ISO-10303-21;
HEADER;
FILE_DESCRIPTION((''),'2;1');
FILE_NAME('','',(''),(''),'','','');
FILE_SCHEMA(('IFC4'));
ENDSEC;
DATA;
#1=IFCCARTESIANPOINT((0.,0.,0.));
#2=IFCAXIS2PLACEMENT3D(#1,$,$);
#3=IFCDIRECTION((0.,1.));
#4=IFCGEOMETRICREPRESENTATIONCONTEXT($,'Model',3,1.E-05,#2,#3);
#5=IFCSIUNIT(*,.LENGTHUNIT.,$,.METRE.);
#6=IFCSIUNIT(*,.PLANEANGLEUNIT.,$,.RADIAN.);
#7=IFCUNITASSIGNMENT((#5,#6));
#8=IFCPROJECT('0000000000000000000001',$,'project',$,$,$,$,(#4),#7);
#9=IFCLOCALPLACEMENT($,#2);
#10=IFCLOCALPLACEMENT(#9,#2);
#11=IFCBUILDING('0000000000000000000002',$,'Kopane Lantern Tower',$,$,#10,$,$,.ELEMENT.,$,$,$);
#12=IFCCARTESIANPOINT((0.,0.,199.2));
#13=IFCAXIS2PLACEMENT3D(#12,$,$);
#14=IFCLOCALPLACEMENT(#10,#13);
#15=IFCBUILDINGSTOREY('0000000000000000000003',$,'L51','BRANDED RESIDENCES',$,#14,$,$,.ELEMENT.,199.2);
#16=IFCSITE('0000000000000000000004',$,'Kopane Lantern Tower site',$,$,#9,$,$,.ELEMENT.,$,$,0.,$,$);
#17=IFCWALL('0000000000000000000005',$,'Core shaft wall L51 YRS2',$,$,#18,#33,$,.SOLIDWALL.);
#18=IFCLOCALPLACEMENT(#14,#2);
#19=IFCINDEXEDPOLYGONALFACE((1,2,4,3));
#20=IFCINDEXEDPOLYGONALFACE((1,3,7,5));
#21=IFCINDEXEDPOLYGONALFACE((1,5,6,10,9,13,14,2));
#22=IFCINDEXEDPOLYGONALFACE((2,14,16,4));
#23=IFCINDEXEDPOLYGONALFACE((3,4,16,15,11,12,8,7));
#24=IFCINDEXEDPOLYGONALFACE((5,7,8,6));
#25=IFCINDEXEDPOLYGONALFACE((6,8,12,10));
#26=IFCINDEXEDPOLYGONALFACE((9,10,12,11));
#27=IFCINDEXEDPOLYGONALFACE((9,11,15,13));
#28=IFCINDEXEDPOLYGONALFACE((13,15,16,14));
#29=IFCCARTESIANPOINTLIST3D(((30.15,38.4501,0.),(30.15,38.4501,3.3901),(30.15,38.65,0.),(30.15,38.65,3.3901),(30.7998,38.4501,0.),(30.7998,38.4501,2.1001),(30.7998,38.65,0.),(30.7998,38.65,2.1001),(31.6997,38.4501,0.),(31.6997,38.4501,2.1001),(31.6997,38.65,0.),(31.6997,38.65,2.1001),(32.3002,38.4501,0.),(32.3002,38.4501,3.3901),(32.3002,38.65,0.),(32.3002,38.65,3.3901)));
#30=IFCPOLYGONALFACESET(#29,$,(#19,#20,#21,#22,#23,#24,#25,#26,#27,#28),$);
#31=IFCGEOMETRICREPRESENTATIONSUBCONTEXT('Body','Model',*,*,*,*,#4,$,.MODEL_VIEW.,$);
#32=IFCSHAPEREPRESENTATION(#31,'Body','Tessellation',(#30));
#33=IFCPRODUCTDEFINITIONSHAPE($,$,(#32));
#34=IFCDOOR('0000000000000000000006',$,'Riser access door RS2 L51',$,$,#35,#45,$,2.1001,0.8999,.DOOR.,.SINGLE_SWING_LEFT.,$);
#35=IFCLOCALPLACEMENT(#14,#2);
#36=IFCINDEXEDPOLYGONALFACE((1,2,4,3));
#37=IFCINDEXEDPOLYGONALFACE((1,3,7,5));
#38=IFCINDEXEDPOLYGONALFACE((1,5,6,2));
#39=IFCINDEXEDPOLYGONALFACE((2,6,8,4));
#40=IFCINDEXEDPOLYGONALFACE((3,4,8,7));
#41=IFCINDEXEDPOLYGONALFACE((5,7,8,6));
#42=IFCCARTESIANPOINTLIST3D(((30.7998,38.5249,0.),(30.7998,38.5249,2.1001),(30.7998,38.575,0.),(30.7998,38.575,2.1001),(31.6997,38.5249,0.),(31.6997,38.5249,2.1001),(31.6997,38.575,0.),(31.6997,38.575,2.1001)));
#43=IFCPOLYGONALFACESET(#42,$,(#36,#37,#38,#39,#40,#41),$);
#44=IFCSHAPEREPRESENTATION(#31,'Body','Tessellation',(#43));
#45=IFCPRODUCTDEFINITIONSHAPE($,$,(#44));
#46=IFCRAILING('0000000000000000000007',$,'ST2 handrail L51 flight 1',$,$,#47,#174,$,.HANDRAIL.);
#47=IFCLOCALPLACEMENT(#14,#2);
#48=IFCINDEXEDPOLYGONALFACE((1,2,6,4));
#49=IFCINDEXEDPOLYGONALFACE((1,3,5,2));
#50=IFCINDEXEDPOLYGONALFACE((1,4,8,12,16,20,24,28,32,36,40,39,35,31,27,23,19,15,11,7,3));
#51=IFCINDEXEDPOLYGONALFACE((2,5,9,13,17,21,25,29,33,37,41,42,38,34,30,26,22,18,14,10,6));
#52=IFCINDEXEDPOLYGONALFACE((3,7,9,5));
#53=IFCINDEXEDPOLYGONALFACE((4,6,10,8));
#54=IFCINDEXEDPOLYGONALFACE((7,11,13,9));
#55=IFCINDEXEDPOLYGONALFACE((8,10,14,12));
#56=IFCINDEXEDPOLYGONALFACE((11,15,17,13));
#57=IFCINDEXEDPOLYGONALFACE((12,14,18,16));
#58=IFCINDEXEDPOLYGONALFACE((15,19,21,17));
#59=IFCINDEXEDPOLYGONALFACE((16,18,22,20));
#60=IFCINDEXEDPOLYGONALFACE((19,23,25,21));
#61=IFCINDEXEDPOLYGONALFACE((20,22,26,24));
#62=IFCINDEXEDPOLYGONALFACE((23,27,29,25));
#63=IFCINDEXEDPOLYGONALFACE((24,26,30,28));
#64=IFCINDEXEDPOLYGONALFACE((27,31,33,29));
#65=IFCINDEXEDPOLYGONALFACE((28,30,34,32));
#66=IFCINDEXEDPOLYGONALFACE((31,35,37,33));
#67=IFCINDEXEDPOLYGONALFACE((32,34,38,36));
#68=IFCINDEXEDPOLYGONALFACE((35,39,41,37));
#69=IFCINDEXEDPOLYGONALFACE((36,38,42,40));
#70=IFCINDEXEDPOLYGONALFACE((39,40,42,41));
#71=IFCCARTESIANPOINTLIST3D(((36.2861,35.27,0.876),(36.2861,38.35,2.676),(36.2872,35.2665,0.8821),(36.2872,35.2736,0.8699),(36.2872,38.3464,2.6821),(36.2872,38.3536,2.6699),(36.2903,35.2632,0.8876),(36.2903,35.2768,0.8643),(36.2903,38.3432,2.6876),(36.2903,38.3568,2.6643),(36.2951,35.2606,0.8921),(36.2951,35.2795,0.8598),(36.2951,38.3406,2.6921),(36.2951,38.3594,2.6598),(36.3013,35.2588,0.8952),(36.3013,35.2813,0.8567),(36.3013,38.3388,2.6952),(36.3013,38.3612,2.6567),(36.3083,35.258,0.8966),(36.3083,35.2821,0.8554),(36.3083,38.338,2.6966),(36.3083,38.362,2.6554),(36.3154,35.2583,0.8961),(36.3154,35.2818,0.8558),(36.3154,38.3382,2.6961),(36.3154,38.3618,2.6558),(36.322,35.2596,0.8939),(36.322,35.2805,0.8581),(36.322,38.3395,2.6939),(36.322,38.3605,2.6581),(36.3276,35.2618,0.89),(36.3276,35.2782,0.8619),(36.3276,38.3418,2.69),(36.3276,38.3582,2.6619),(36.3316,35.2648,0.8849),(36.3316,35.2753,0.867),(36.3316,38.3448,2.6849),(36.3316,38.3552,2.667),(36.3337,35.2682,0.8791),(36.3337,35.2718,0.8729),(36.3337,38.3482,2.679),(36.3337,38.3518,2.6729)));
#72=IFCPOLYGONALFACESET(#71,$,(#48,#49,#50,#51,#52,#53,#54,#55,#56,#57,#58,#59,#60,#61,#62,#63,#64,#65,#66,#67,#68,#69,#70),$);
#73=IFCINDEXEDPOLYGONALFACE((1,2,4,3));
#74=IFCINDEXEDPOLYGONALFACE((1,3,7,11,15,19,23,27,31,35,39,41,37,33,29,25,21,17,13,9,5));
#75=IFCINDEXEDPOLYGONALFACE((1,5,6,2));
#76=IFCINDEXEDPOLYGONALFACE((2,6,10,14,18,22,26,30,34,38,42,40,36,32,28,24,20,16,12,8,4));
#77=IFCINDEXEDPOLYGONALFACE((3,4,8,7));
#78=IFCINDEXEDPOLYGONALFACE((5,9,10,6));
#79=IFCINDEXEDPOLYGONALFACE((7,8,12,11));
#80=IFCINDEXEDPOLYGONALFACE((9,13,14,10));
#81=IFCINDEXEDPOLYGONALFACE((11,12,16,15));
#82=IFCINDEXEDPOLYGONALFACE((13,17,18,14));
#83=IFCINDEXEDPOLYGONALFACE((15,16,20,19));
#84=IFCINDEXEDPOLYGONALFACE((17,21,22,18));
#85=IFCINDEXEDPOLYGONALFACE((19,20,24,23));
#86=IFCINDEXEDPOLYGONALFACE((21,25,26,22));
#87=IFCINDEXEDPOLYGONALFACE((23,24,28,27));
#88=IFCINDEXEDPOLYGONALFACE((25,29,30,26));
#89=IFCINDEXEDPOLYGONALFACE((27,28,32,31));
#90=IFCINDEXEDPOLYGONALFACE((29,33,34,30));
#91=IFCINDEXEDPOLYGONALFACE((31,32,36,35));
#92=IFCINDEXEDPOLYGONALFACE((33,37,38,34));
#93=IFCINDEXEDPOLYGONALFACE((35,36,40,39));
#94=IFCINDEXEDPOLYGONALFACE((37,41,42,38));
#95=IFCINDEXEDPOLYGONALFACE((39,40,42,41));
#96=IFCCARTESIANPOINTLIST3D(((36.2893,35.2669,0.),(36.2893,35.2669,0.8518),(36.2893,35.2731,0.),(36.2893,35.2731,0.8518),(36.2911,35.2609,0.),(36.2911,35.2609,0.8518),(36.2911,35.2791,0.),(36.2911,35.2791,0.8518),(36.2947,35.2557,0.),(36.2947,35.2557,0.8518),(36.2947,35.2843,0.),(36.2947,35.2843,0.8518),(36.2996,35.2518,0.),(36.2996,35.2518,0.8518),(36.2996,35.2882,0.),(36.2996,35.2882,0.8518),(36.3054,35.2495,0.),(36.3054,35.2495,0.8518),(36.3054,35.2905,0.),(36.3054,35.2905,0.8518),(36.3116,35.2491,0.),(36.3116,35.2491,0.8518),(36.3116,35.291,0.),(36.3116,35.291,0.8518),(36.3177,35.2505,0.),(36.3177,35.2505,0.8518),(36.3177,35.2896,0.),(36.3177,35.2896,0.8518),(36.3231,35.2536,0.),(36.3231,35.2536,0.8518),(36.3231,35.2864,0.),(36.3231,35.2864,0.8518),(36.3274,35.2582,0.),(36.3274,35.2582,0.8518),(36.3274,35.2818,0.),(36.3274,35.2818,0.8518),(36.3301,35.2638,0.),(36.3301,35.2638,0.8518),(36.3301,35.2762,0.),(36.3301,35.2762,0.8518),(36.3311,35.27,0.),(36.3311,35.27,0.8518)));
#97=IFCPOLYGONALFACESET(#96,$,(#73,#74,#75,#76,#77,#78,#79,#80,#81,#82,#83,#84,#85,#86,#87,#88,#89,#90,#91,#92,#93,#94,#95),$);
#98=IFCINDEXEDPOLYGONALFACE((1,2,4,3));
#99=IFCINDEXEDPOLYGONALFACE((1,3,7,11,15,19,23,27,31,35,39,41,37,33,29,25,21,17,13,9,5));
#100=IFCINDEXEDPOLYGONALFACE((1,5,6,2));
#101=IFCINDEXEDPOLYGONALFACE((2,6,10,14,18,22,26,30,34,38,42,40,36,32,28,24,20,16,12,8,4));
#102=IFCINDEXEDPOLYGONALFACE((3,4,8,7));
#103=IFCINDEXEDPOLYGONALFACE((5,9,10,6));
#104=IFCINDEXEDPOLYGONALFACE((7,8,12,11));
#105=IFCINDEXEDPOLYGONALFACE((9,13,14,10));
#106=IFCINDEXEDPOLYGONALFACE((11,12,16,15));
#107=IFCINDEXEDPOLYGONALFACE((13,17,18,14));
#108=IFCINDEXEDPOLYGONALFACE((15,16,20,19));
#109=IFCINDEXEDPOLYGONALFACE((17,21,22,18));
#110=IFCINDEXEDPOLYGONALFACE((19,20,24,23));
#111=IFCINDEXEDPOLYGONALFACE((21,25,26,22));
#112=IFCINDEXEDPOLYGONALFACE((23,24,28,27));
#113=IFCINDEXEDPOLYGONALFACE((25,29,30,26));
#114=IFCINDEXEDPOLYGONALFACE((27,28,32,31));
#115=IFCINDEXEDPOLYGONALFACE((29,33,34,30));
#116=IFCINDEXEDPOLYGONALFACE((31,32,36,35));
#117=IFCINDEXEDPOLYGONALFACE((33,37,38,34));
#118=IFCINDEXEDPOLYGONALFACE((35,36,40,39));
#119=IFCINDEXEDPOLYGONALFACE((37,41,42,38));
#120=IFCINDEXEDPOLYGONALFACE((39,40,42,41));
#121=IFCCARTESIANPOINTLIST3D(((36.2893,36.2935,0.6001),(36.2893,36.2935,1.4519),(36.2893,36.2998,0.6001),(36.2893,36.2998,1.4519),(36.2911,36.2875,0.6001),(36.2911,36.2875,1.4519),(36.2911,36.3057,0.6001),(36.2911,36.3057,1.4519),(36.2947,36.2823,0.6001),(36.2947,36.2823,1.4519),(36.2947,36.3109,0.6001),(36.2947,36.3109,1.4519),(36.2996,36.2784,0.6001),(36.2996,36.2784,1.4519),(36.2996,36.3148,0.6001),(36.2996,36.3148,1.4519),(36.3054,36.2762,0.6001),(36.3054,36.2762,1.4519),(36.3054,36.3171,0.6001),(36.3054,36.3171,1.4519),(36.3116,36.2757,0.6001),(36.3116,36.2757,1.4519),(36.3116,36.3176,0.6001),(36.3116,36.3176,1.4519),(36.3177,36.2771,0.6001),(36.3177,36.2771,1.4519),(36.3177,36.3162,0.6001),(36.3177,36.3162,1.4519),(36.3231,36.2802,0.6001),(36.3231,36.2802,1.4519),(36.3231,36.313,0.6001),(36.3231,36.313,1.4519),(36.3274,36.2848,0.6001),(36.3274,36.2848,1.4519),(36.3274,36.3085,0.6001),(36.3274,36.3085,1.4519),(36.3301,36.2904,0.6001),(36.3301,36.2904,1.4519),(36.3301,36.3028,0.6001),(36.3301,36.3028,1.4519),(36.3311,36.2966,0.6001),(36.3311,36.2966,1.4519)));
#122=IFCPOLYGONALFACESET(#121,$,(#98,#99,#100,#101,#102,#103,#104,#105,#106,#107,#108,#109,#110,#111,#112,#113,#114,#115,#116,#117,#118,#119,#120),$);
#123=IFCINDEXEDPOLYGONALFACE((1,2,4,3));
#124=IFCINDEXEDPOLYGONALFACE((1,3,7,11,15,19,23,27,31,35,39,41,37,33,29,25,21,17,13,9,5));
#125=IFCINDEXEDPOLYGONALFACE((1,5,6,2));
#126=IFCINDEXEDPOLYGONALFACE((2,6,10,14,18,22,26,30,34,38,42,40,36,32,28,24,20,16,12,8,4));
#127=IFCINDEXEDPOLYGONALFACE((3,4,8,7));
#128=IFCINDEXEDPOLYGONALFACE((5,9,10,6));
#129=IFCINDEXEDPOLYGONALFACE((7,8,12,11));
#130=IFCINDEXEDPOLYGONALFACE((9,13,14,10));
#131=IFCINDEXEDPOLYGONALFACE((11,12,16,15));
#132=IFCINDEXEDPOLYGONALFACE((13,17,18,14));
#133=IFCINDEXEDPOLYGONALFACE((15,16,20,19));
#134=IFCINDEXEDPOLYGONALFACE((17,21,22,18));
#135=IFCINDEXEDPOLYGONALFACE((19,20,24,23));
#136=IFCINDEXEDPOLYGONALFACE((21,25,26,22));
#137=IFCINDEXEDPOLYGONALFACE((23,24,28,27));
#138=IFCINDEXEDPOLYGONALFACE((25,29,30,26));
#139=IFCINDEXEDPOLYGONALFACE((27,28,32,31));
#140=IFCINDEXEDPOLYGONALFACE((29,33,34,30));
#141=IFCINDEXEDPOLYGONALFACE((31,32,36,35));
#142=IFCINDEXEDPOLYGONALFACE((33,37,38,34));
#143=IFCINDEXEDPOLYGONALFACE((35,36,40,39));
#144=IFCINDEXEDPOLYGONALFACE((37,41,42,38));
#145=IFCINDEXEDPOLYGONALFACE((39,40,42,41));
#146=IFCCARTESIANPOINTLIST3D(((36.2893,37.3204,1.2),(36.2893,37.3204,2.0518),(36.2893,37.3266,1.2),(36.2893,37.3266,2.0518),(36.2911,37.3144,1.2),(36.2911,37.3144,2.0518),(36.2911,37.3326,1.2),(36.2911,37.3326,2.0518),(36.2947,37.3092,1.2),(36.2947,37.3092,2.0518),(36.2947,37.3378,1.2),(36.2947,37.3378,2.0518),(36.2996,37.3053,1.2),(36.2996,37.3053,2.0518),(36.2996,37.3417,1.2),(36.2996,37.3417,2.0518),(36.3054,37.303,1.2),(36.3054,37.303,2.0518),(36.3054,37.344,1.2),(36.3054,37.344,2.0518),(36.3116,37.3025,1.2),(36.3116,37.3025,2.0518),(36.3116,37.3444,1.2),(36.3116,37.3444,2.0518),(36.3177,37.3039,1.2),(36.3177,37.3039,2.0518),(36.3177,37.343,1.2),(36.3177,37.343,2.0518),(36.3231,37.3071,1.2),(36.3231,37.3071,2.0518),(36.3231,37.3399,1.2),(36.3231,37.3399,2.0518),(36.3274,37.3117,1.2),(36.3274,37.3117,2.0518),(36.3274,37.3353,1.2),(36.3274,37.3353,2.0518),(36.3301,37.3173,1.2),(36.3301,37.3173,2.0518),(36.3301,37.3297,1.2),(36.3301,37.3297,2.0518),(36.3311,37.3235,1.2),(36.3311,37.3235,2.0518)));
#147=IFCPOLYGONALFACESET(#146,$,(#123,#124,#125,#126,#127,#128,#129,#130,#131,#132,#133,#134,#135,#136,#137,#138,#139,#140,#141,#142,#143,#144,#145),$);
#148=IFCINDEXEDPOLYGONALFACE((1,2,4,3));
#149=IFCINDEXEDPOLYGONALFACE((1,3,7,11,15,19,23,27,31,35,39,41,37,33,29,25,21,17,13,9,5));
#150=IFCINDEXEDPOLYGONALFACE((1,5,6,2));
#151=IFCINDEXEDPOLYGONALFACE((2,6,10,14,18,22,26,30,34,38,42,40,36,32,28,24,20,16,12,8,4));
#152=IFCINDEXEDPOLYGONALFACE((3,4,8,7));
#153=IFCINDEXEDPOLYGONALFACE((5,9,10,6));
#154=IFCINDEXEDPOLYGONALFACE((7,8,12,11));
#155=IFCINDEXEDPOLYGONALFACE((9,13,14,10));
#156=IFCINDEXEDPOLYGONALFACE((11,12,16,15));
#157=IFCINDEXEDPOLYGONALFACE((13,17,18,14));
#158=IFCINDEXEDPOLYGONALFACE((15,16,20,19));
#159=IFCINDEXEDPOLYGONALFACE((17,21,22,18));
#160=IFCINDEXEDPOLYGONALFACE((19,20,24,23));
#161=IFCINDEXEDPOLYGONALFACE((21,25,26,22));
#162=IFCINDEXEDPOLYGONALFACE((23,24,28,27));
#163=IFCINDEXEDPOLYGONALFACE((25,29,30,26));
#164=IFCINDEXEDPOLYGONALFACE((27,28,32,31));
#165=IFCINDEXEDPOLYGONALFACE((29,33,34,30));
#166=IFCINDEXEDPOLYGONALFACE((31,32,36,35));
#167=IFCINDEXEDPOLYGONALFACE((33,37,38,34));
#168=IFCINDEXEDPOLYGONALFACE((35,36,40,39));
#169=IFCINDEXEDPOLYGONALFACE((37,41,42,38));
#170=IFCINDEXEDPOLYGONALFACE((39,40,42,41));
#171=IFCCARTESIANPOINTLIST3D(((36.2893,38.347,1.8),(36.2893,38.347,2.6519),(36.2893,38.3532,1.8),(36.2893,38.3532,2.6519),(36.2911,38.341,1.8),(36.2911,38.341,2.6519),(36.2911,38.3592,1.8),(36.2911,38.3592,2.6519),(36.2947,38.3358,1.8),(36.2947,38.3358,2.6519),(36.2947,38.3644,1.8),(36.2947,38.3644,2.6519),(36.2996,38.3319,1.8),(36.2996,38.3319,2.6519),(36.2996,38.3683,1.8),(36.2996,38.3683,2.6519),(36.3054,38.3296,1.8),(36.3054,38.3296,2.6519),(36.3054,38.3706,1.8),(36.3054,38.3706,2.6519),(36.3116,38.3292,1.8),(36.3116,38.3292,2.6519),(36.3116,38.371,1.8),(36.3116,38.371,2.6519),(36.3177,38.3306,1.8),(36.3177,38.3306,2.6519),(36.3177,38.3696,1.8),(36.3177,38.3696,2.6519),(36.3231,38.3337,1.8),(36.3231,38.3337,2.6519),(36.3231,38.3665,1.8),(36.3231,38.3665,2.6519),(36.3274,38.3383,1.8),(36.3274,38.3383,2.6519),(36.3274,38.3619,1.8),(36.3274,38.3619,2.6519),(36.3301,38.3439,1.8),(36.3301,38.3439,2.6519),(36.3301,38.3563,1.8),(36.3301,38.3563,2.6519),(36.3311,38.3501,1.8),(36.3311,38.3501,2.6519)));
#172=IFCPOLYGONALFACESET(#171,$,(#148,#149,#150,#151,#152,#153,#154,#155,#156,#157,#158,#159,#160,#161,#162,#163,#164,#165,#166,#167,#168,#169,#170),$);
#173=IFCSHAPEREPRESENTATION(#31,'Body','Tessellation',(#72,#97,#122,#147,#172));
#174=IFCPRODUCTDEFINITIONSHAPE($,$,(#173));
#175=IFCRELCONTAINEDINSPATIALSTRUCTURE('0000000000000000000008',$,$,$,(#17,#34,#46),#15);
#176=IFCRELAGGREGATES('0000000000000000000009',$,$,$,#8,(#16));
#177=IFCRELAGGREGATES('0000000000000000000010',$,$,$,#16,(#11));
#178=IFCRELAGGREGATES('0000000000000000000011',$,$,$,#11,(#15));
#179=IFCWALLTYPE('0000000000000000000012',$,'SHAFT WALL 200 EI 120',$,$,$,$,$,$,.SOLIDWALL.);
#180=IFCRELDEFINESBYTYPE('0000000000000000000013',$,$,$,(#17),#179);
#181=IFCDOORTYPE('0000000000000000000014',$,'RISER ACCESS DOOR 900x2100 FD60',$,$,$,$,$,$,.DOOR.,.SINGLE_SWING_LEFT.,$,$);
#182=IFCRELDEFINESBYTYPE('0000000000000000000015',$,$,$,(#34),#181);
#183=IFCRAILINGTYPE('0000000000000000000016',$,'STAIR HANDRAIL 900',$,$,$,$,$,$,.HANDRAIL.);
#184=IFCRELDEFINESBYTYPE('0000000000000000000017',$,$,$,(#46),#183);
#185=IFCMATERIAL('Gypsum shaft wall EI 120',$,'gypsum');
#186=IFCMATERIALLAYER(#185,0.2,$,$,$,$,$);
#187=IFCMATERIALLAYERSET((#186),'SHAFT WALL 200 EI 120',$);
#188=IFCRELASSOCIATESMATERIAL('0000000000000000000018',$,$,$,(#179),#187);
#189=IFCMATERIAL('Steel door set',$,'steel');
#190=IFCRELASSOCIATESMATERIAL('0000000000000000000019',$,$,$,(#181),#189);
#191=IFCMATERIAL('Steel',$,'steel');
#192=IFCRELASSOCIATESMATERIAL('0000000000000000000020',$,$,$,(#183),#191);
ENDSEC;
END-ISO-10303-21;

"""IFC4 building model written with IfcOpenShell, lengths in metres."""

from ifc_helpers import new_model, si_unit, direction, frame, frame_2d, origin, origin_2d, place, context, subcontext, project, spatial, rectangle, circle, extrude, material, layer, layer_set, type_object, element, fill, save


model = new_model("IFC4")

# Units and contexts
model_context = context("Model", 3, precision=1e-05, world=origin(), true_north=direction((0.0, 1.0)))
body_context = subcontext(model_context, "Body", "Model", "MODEL_VIEW")
ifc_project = project(units=[si_unit("LENGTHUNIT", "METRE"), si_unit("PLANEANGLEUNIT", "RADIAN")], contexts=[model_context])

# Site, building, storey
site_placement = place(None, origin())
site = spatial("IfcSite", under=ifc_project, at=site_placement, Name="Kopane Lantern Tower site", CompositionType="ELEMENT", RefElevation=0.0)
building_placement = place(site_placement, origin())
building = spatial("IfcBuilding", under=site, at=building_placement, Name="Kopane Lantern Tower", CompositionType="ELEMENT")
storey_placement = place(building_placement, frame((0.0, 0.0, 199.2)))
storey = spatial("IfcBuildingStorey", under=building, at=storey_placement, Name="L51", Description="BRANDED RESIDENCES", CompositionType="ELEMENT", Elevation=199.2)

# Shared definitions
ifc_material_1 = material(Name="Gypsum shaft wall EI 120", Category="gypsum")
ifc_layer_1 = layer(ifc_material_1, 0.2)
ifc_layer_set_1 = layer_set([ifc_layer_1], Name="SHAFT WALL 200 EI 120")
wall_type_1 = type_object("IfcWallType", Name="SHAFT WALL 200 EI 120", PredefinedType="SOLIDWALL", material=ifc_layer_set_1)

# Wall, opening, door
wall_1_placement = place(storey_placement, frame((30.1499, 38.55, 0.0), z_axis=(0.0, 0.0, 1.0), x_axis=(1.0, 0.0, 0.0)))
wall_1 = element("IfcWall", 1, at=wall_1_placement, inside=storey, type_object=wall_type_1, Name="Core shaft wall L51 YRS2", PredefinedType="SOLIDWALL", context=body_context, shape_type="SweptSolid", body=[
    extrude(rectangle(XDim=2.1501, YDim=0.2, at=frame_2d((1.0752, 0.0))), origin(), (0.0, 0.0, 1.0), 3.3901),
])
opening_1_placement = place(wall_1_placement, frame((0.6499, 0.0, 0.0)))
opening_1 = element("IfcOpeningElement", 2, at=opening_1_placement, cuts=wall_1, PredefinedType="OPENING", context=body_context, shape_type="SweptSolid", body=[
    extrude(rectangle(XDim=0.8999, YDim=2.1001, at=frame_2d((0.45, 1.05))), frame((0.0, 0.1099, 0.0), z_axis=(0.0, -1.0, 0.0), x_axis=(1.0, 0.0, 0.0)), (0.0, 0.0, 1.0), 0.22),
])
ifc_material_2 = material(Name="Steel door set", Category="steel")
door_type_1 = type_object("IfcDoorType", Name="RISER ACCESS DOOR 900x2100 FD60", OperationType="SINGLE_SWING_LEFT", PredefinedType="DOOR", material=ifc_material_2)
door_1_placement = place(opening_1_placement, origin())
door_1 = element("IfcDoor", 3, at=door_1_placement, inside=storey, type_object=door_type_1, Name="Riser access door RS2 L51", OperationType="SINGLE_SWING_LEFT", OverallHeight=2.1001, OverallWidth=0.8999, PredefinedType="DOOR", context=body_context, shape_type="SweptSolid", body=[
    extrude(rectangle(XDim=0.8999, YDim=2.1001, at=frame_2d((0.45, 1.05))), frame((0.0, 0.0249, 0.0), z_axis=(0.0, -1.0, 0.0), x_axis=(1.0, 0.0, 0.0)), (0.0, 0.0, 1.0), 0.05),
])
fill(opening_1, door_1)

# Railing
ifc_material_3 = material(Name="Steel", Category="steel")
railing_type_1 = type_object("IfcRailingType", Name="STAIR HANDRAIL 900", PredefinedType="HANDRAIL", material=ifc_material_3)
for number, where, name in (
    (4, (36.3101, 35.27, 0.0), "ST2 handrail L51 flight 1"),
):
    element("IfcRailing", number, at=place(storey_placement, frame(where)), inside=storey, type_object=railing_type_1, Name=name, PredefinedType="HANDRAIL", context=body_context, shape_type="SweptSolid", body=[
        extrude(circle(Radius=0.0239, at=origin_2d()), frame((0.0, 0.0, 0.876), z_axis=(0.0, 0.863372, 0.504569), x_axis=(-1.0, 0.0, 0.0)), (0.0, 0.0, 1.0), 3.5674),
        extrude(circle(Radius=0.021, at=origin_2d()), origin(), (0.0, 0.0, 1.0), 0.8518),
        extrude(circle(Radius=0.021, at=origin_2d()), frame((0.0, 1.0266, 0.6001)), (0.0, 0.0, 1.0), 0.8518),
        extrude(circle(Radius=0.021, at=origin_2d()), frame((0.0, 2.0535, 1.2)), (0.0, 0.0, 1.0), 0.8518),
        extrude(circle(Radius=0.021, at=origin_2d()), frame((0.0, 3.0801, 1.8)), (0.0, 0.0, 1.0), 0.8518),
    ])

save(model, "model.ifc")
